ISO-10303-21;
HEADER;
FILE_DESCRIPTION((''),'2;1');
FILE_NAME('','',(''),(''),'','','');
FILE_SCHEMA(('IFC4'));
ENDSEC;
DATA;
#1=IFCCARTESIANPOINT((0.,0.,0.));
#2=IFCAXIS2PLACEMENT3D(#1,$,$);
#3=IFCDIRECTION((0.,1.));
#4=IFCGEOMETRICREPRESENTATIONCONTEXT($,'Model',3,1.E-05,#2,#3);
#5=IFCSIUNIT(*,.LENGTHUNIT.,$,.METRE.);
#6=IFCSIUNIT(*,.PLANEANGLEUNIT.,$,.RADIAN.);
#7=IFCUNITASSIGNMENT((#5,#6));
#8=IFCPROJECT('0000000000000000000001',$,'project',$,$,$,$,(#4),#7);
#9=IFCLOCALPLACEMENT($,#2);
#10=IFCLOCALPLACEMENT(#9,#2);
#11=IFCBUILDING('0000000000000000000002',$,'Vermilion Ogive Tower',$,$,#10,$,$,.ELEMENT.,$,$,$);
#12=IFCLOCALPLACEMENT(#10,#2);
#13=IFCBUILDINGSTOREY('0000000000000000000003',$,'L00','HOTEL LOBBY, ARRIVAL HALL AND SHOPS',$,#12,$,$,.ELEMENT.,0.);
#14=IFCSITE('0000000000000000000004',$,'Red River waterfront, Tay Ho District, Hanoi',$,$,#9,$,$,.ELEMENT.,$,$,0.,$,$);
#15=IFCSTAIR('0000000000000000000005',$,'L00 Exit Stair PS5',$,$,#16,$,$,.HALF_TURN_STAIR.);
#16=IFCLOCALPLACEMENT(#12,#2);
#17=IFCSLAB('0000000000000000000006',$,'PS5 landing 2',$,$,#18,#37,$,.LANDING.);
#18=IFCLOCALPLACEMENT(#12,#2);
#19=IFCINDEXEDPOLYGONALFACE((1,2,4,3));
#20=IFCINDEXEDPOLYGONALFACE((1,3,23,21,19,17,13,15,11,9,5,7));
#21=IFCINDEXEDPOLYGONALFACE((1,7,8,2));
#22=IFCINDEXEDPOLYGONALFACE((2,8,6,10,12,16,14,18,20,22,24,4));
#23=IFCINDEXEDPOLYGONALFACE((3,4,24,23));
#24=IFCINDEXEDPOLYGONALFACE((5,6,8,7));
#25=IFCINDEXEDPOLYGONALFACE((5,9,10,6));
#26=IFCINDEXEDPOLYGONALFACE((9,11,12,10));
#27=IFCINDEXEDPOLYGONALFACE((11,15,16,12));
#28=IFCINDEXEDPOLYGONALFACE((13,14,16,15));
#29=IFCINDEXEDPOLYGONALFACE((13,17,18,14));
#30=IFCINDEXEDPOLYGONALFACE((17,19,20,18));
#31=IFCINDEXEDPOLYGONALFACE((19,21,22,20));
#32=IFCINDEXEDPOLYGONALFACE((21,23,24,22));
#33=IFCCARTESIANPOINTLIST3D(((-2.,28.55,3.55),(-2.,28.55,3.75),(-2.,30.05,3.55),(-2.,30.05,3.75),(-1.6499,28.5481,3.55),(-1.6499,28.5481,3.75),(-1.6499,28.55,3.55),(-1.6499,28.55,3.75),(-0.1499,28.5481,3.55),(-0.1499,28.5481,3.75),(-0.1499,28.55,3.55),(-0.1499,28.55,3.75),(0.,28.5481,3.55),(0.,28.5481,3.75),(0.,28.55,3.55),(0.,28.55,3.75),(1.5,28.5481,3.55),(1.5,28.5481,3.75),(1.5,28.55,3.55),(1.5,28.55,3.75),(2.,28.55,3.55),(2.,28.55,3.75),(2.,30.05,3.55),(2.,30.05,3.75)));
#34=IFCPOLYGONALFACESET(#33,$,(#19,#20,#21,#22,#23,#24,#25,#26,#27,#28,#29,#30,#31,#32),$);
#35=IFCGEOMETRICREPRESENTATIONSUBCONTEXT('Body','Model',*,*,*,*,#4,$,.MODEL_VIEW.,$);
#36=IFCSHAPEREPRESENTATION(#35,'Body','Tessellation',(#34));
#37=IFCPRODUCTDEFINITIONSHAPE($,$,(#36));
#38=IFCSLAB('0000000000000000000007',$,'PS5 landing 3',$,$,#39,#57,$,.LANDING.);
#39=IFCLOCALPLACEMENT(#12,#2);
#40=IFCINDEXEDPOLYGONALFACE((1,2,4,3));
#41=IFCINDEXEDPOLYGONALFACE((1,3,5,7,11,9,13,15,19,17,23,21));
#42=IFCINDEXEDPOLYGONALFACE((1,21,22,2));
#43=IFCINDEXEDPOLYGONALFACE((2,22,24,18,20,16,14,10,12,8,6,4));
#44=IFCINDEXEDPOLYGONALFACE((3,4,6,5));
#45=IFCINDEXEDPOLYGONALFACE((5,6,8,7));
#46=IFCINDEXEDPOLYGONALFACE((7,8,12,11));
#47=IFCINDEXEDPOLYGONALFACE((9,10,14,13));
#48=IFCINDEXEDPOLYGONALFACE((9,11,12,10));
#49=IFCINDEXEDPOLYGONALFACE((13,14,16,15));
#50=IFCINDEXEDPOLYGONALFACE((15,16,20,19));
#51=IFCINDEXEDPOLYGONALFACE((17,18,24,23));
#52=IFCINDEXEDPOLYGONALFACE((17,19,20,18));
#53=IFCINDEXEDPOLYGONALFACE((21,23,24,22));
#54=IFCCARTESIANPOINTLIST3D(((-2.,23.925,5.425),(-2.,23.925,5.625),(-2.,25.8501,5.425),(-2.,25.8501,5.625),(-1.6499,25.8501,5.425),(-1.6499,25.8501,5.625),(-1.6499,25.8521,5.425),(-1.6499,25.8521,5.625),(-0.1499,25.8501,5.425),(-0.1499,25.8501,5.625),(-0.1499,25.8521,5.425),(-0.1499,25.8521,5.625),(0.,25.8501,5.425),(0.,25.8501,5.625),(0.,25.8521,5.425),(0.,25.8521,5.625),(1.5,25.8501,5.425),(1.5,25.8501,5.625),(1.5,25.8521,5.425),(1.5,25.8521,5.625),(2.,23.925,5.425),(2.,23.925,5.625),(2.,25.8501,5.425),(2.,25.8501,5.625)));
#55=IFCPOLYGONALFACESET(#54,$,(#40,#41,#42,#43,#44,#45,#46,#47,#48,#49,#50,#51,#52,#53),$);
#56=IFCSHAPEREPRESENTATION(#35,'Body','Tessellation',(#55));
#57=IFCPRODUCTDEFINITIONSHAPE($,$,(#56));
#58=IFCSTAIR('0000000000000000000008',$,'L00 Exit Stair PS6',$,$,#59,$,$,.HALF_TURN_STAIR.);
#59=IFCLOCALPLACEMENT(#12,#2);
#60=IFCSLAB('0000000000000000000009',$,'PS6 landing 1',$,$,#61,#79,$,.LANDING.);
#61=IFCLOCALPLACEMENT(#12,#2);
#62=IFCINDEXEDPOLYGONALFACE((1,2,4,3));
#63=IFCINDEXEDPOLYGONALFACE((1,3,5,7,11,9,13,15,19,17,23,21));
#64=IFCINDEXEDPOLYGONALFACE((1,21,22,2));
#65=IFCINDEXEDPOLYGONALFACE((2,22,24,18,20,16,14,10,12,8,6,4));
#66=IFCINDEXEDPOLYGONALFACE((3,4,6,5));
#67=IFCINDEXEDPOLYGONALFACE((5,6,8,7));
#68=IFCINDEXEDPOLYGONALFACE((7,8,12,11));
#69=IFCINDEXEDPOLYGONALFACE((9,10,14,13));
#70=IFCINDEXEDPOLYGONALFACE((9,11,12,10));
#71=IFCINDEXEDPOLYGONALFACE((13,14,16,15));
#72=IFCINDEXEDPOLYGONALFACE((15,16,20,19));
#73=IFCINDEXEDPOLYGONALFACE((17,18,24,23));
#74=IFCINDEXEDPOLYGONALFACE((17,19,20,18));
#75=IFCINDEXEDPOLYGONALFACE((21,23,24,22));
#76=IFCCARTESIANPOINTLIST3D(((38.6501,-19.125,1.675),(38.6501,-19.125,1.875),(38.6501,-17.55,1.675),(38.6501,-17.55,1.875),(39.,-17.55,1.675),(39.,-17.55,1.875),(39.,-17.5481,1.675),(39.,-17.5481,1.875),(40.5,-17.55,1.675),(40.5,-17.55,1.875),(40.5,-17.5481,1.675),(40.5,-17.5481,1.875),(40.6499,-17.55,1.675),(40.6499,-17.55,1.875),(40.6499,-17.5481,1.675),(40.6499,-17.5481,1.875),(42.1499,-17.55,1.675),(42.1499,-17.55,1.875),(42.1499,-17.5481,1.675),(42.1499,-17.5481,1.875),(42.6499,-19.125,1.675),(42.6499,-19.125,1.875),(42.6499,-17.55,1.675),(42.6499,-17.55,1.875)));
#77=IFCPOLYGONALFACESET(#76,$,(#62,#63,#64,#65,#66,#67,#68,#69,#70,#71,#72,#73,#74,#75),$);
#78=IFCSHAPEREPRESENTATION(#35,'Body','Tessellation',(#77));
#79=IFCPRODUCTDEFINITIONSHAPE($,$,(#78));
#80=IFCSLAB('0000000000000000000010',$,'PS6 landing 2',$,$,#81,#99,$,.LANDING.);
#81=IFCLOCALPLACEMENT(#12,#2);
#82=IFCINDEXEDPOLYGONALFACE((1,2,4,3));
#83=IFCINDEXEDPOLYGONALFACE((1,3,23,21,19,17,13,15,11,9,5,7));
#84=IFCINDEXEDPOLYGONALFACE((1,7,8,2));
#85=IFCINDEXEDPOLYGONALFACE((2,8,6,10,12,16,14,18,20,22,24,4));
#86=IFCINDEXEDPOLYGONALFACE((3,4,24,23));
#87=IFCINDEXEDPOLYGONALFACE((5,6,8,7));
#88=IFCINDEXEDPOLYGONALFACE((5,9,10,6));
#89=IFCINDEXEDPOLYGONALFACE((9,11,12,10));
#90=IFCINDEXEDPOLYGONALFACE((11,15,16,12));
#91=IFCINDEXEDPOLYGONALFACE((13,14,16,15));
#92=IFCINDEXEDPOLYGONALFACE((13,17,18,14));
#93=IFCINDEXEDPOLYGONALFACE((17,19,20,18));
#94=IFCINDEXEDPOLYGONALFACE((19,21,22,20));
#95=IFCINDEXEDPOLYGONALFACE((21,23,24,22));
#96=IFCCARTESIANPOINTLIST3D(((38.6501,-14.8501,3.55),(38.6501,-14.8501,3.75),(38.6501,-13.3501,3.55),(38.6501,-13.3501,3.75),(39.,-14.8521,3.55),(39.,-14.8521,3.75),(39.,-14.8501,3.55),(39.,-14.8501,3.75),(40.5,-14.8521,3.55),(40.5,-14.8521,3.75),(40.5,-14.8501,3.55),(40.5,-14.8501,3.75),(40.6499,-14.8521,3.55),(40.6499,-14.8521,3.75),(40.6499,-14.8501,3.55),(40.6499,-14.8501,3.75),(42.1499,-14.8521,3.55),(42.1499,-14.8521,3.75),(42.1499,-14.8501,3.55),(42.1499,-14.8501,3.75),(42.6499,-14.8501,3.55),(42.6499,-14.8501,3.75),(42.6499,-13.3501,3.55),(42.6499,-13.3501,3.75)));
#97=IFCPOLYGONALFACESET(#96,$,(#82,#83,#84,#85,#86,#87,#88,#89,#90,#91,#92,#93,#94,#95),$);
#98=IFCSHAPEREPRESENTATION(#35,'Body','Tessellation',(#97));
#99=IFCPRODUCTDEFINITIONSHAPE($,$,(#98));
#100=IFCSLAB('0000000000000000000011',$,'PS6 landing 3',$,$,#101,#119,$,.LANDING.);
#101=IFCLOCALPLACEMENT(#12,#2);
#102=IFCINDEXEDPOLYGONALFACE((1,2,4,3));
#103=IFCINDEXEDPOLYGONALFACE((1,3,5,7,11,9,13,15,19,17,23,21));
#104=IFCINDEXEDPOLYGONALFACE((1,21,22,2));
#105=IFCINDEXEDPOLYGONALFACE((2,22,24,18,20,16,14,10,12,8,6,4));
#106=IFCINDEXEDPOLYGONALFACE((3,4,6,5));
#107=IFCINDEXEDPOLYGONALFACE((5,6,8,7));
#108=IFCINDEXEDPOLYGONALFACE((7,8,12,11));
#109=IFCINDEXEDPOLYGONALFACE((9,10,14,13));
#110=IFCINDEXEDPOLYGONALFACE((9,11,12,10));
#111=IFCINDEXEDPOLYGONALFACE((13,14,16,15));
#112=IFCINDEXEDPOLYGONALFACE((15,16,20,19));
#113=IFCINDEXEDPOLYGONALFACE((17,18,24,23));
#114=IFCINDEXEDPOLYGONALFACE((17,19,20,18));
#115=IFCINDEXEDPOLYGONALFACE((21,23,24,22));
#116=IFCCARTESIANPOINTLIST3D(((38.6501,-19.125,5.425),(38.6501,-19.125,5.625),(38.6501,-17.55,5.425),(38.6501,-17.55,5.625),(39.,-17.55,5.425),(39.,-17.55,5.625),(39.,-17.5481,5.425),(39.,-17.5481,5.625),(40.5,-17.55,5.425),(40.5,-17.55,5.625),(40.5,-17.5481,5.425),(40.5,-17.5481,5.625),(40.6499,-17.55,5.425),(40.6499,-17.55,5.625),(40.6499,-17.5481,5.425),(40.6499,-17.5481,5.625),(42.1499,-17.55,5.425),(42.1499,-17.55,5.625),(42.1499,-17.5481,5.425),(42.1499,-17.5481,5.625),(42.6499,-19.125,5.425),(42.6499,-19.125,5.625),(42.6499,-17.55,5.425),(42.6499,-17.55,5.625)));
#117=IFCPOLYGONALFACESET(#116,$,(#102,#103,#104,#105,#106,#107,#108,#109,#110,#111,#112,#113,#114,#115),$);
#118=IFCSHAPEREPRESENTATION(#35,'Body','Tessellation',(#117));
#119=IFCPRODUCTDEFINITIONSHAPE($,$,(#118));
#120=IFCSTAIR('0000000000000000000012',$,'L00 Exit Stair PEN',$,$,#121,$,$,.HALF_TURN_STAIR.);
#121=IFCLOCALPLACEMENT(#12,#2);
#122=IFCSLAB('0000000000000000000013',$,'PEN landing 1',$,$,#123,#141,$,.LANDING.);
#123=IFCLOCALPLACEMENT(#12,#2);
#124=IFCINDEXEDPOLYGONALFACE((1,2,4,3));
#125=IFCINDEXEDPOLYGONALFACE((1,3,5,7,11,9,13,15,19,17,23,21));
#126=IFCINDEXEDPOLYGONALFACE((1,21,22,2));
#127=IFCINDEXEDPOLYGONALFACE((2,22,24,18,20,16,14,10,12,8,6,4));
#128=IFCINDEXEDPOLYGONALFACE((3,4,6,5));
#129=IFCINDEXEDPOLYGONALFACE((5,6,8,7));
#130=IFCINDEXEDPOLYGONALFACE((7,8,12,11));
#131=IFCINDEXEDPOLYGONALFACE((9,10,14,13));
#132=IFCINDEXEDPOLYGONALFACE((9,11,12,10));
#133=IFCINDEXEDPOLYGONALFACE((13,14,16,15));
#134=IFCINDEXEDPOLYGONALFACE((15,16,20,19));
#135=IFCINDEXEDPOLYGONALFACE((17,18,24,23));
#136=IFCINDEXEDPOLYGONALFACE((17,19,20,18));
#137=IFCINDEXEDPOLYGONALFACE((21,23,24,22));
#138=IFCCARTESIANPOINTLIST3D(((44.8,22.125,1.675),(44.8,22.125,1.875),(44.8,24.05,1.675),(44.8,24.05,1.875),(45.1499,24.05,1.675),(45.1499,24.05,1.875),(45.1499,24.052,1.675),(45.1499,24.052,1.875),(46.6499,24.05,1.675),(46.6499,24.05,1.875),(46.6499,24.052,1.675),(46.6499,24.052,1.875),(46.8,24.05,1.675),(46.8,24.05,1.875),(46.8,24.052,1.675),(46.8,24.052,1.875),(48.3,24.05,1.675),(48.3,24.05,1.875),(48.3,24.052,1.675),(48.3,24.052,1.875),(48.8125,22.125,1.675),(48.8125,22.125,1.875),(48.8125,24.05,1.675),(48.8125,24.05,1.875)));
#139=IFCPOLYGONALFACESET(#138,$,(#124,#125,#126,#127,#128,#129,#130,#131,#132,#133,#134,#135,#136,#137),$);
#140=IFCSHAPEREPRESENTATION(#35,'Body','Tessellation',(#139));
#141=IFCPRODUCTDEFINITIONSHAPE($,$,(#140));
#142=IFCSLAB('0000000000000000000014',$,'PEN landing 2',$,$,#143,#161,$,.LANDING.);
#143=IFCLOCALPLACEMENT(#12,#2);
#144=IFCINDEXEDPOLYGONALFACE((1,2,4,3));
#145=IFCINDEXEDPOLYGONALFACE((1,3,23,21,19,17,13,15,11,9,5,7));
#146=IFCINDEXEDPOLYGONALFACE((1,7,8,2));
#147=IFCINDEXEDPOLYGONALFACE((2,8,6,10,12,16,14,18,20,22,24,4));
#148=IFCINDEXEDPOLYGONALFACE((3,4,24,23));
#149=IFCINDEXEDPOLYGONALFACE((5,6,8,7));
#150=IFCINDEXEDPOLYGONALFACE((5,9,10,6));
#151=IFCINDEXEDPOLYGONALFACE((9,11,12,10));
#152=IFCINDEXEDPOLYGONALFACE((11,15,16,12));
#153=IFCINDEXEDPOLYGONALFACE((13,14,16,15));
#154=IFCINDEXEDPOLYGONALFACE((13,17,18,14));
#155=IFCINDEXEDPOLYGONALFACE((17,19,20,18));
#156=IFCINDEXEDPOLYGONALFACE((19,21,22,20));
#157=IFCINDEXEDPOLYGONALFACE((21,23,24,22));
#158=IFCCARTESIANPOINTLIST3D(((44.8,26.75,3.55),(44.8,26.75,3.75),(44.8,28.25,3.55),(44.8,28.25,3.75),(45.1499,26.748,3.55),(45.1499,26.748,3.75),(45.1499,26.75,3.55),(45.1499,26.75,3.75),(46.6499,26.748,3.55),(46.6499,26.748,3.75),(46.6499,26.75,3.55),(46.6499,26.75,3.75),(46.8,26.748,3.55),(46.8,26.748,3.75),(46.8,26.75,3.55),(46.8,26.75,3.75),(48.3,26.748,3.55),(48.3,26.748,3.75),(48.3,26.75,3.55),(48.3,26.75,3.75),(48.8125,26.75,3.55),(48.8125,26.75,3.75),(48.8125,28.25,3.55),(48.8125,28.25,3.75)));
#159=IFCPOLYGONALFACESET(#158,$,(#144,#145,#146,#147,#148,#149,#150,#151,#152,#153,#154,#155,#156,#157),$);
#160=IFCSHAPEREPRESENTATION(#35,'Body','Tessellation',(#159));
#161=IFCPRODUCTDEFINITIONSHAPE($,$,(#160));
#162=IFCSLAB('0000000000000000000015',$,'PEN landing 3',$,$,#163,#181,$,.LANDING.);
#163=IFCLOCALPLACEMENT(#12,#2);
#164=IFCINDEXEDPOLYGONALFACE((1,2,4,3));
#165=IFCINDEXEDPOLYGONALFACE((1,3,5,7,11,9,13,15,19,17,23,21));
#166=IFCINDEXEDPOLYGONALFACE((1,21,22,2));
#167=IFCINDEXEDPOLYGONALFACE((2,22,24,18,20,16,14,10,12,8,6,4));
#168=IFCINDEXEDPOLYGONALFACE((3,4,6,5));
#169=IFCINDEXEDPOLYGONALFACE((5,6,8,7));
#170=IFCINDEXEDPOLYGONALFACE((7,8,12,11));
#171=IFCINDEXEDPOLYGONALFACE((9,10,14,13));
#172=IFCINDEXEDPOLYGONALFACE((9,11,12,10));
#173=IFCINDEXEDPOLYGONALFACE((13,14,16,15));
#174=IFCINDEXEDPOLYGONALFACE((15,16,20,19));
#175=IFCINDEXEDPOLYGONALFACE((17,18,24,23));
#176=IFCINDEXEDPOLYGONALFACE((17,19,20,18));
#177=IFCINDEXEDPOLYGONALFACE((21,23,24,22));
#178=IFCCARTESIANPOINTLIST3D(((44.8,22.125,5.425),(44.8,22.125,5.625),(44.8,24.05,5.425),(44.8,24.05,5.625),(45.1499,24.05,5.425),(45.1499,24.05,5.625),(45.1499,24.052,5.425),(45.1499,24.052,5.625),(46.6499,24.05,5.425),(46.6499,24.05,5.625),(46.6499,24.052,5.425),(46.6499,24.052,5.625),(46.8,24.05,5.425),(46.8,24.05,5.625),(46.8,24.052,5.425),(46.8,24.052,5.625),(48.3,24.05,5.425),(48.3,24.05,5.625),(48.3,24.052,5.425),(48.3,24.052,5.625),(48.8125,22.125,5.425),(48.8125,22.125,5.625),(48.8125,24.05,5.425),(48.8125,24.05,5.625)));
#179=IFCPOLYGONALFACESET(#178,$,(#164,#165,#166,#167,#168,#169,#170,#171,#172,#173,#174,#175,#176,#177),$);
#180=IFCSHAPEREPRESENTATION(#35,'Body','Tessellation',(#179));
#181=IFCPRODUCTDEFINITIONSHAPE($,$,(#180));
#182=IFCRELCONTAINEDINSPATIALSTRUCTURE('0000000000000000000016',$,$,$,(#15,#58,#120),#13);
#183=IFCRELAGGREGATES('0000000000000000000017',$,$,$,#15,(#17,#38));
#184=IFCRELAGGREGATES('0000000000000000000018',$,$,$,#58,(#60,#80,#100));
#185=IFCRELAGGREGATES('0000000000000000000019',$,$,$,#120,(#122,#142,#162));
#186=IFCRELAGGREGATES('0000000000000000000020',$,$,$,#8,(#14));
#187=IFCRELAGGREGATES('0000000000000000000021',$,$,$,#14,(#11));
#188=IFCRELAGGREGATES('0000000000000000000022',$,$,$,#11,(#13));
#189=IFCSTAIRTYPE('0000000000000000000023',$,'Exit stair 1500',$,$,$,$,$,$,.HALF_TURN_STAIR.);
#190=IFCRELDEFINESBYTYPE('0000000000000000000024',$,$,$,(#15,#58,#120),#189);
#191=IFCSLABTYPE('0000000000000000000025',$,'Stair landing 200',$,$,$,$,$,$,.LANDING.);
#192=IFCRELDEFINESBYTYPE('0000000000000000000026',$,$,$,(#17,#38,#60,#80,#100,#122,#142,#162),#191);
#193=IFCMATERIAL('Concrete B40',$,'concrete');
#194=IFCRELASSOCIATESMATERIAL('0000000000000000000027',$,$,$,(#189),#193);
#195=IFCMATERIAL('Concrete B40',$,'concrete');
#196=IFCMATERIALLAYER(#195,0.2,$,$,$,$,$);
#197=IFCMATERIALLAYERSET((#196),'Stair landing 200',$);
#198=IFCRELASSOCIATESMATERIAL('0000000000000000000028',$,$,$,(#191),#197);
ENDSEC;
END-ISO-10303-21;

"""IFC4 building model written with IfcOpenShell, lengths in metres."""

from ifc_helpers import new_model, si_unit, direction, frame, origin, place, context, subcontext, project, spatial, polyline, outline, extrude, material, layer, layer_set, type_object, element, aggregate, save


model = new_model("IFC4")

# Units and contexts
model_context = context("Model", 3, precision=1e-05, world=origin(), true_north=direction((0.0, 1.0)))
body_context = subcontext(model_context, "Body", "Model", "MODEL_VIEW")
ifc_project = project(units=[si_unit("LENGTHUNIT", "METRE"), si_unit("PLANEANGLEUNIT", "RADIAN")], contexts=[model_context])

# Site, building, storey
site_placement = place(None, origin())
site = spatial("IfcSite", under=ifc_project, at=site_placement, Name="Red River waterfront, Tay Ho District, Hanoi", CompositionType="ELEMENT", RefElevation=0.0)
building_placement = place(site_placement, origin())
building = spatial("IfcBuilding", under=site, at=building_placement, Name="Vermilion Ogive Tower", CompositionType="ELEMENT")
storey_placement = place(building_placement, origin())
storey = spatial("IfcBuildingStorey", under=building, at=storey_placement, Name="L00", Description="HOTEL LOBBY, ARRIVAL HALL AND SHOPS", CompositionType="ELEMENT", Elevation=0.0)

# Stairs, slabs
ifc_material_1 = material(Name="Concrete B40", Category="concrete")
stair_type = type_object("IfcStairType", Name="Exit stair 1500", PredefinedType="HALF_TURN_STAIR", material=ifc_material_1)
stair_1_placement = place(storey_placement, origin())
stair_1 = element("IfcStair", 1, at=stair_1_placement, inside=storey, type_object=stair_type, Name="L00 Exit Stair PS5", PredefinedType="HALF_TURN_STAIR")
ifc_material_2 = material(Name="Concrete B40", Category="concrete")
ifc_layer_1 = layer(ifc_material_2, 0.2)
ifc_layer_set_1 = layer_set([ifc_layer_1], Name="Stair landing 200")
slab_type_1 = type_object("IfcSlabType", Name="Stair landing 200", PredefinedType="LANDING", material=ifc_layer_set_1)
slab_1_placement = place(storey_placement, frame((0.0, 0.0, 3.55)))
slab_1 = element("IfcSlab", 2, at=slab_1_placement, type_object=slab_type_1, Name="PS5 landing 2", PredefinedType="LANDING", context=body_context, shape_type="SweptSolid", body=[
    extrude(outline(polyline([(-2.0, 28.55), (-1.6499, 28.55), (-1.6499, 28.5481), (-0.1499, 28.5481), (-0.1499, 28.55), (0.0, 28.55), (0.0, 28.5481), (1.5, 28.5481), (1.5, 28.55), (2.0, 28.55), (2.0, 30.05), (-2.0, 30.05), (-2.0, 28.55)])), origin(), (0.0, 0.0, 1.0), 0.2),
])
slab_2_placement = place(storey_placement, frame((0.0, 0.0, 5.425)))
slab_2 = element("IfcSlab", 3, at=slab_2_placement, type_object=slab_type_1, Name="PS5 landing 3", PredefinedType="LANDING", context=body_context, shape_type="SweptSolid", body=[
    extrude(outline(polyline([(2.0, 25.8501), (1.5, 25.8501), (1.5, 25.8521), (0.0, 25.8521), (0.0, 25.8501), (-0.1499, 25.8501), (-0.1499, 25.8521), (-1.6499, 25.8521), (-1.6499, 25.8501), (-2.0, 25.8501), (-2.0, 23.925), (2.0, 23.925), (2.0, 25.8501)])), origin(), (0.0, 0.0, 1.0), 0.2),
])
aggregate(stair_1, [slab_1, slab_2])
stair_2_placement = place(storey_placement, origin())
stair_2 = element("IfcStair", 4, at=stair_2_placement, inside=storey, type_object=stair_type, Name="L00 Exit Stair PS6", PredefinedType="HALF_TURN_STAIR")
slab_3_placement = place(storey_placement, frame((0.0, 0.0, 1.675)))
slab_3 = element("IfcSlab", 5, at=slab_3_placement, type_object=slab_type_1, Name="PS6 landing 1", PredefinedType="LANDING", context=body_context, shape_type="SweptSolid", body=[
    extrude(outline(polyline([(42.6499, -17.55), (42.1499, -17.55), (42.1499, -17.5481), (40.6499, -17.5481), (40.6499, -17.55), (40.5, -17.55), (40.5, -17.5481), (39.0, -17.5481), (39.0, -17.55), (38.6501, -17.55), (38.6501, -19.125), (42.6499, -19.125), (42.6499, -17.55)])), origin(), (0.0, 0.0, 1.0), 0.2),
])
slab_4_placement = place(storey_placement, frame((0.0, 0.0, 3.55)))
slab_4 = element("IfcSlab", 6, at=slab_4_placement, type_object=slab_type_1, Name="PS6 landing 2", PredefinedType="LANDING", context=body_context, shape_type="SweptSolid", body=[
    extrude(outline(polyline([(38.6501, -14.8501), (39.0, -14.8501), (39.0, -14.8521), (40.5, -14.8521), (40.5, -14.8501), (40.6499, -14.8501), (40.6499, -14.8521), (42.1499, -14.8521), (42.1499, -14.8501), (42.6499, -14.8501), (42.6499, -13.3501), (38.6501, -13.3501), (38.6501, -14.8501)])), origin(), (0.0, 0.0, 1.0), 0.2),
])
slab_5_placement = place(storey_placement, frame((0.0, 0.0, 5.425)))
slab_5 = element("IfcSlab", 7, at=slab_5_placement, type_object=slab_type_1, Name="PS6 landing 3", PredefinedType="LANDING", context=body_context, shape_type="SweptSolid", body=[
    extrude(outline(polyline([(42.6499, -17.55), (42.1499, -17.55), (42.1499, -17.5481), (40.6499, -17.5481), (40.6499, -17.55), (40.5, -17.55), (40.5, -17.5481), (39.0, -17.5481), (39.0, -17.55), (38.6501, -17.55), (38.6501, -19.125), (42.6499, -19.125), (42.6499, -17.55)])), origin(), (0.0, 0.0, 1.0), 0.2),
])
aggregate(stair_2, [slab_3, slab_4, slab_5])
stair_3_placement = place(storey_placement, origin())
stair_3 = element("IfcStair", 8, at=stair_3_placement, inside=storey, type_object=stair_type, Name="L00 Exit Stair PEN", PredefinedType="HALF_TURN_STAIR")
slab_6_placement = place(storey_placement, frame((0.0, 0.0, 1.675)))
slab_6 = element("IfcSlab", 9, at=slab_6_placement, type_object=slab_type_1, Name="PEN landing 1", PredefinedType="LANDING", context=body_context, shape_type="SweptSolid", body=[
    extrude(outline(polyline([(48.8125, 24.05), (48.3, 24.05), (48.3, 24.052), (46.8, 24.052), (46.8, 24.05), (46.6499, 24.05), (46.6499, 24.052), (45.1499, 24.052), (45.1499, 24.05), (44.8, 24.05), (44.8, 22.125), (48.8125, 22.125), (48.8125, 24.05)])), origin(), (0.0, 0.0, 1.0), 0.2),
])
slab_7_placement = place(storey_placement, frame((0.0, 0.0, 3.55)))
slab_7 = element("IfcSlab", 10, at=slab_7_placement, type_object=slab_type_1, Name="PEN landing 2", PredefinedType="LANDING", context=body_context, shape_type="SweptSolid", body=[
    extrude(outline(polyline([(44.8, 26.75), (45.1499, 26.75), (45.1499, 26.748), (46.6499, 26.748), (46.6499, 26.75), (46.8, 26.75), (46.8, 26.748), (48.3, 26.748), (48.3, 26.75), (48.8125, 26.75), (48.8125, 28.25), (44.8, 28.25), (44.8, 26.75)])), origin(), (0.0, 0.0, 1.0), 0.2),
])
slab_8_placement = place(storey_placement, frame((0.0, 0.0, 5.425)))
slab_8 = element("IfcSlab", 11, at=slab_8_placement, type_object=slab_type_1, Name="PEN landing 3", PredefinedType="LANDING", context=body_context, shape_type="SweptSolid", body=[
    extrude(outline(polyline([(48.8125, 24.05), (48.3, 24.05), (48.3, 24.052), (46.8, 24.052), (46.8, 24.05), (46.6499, 24.05), (46.6499, 24.052), (45.1499, 24.052), (45.1499, 24.05), (44.8, 24.05), (44.8, 22.125), (48.8125, 22.125), (48.8125, 24.05)])), origin(), (0.0, 0.0, 1.0), 0.2),
])
aggregate(stair_3, [slab_6, slab_7, slab_8])

save(model, "model.ifc")
